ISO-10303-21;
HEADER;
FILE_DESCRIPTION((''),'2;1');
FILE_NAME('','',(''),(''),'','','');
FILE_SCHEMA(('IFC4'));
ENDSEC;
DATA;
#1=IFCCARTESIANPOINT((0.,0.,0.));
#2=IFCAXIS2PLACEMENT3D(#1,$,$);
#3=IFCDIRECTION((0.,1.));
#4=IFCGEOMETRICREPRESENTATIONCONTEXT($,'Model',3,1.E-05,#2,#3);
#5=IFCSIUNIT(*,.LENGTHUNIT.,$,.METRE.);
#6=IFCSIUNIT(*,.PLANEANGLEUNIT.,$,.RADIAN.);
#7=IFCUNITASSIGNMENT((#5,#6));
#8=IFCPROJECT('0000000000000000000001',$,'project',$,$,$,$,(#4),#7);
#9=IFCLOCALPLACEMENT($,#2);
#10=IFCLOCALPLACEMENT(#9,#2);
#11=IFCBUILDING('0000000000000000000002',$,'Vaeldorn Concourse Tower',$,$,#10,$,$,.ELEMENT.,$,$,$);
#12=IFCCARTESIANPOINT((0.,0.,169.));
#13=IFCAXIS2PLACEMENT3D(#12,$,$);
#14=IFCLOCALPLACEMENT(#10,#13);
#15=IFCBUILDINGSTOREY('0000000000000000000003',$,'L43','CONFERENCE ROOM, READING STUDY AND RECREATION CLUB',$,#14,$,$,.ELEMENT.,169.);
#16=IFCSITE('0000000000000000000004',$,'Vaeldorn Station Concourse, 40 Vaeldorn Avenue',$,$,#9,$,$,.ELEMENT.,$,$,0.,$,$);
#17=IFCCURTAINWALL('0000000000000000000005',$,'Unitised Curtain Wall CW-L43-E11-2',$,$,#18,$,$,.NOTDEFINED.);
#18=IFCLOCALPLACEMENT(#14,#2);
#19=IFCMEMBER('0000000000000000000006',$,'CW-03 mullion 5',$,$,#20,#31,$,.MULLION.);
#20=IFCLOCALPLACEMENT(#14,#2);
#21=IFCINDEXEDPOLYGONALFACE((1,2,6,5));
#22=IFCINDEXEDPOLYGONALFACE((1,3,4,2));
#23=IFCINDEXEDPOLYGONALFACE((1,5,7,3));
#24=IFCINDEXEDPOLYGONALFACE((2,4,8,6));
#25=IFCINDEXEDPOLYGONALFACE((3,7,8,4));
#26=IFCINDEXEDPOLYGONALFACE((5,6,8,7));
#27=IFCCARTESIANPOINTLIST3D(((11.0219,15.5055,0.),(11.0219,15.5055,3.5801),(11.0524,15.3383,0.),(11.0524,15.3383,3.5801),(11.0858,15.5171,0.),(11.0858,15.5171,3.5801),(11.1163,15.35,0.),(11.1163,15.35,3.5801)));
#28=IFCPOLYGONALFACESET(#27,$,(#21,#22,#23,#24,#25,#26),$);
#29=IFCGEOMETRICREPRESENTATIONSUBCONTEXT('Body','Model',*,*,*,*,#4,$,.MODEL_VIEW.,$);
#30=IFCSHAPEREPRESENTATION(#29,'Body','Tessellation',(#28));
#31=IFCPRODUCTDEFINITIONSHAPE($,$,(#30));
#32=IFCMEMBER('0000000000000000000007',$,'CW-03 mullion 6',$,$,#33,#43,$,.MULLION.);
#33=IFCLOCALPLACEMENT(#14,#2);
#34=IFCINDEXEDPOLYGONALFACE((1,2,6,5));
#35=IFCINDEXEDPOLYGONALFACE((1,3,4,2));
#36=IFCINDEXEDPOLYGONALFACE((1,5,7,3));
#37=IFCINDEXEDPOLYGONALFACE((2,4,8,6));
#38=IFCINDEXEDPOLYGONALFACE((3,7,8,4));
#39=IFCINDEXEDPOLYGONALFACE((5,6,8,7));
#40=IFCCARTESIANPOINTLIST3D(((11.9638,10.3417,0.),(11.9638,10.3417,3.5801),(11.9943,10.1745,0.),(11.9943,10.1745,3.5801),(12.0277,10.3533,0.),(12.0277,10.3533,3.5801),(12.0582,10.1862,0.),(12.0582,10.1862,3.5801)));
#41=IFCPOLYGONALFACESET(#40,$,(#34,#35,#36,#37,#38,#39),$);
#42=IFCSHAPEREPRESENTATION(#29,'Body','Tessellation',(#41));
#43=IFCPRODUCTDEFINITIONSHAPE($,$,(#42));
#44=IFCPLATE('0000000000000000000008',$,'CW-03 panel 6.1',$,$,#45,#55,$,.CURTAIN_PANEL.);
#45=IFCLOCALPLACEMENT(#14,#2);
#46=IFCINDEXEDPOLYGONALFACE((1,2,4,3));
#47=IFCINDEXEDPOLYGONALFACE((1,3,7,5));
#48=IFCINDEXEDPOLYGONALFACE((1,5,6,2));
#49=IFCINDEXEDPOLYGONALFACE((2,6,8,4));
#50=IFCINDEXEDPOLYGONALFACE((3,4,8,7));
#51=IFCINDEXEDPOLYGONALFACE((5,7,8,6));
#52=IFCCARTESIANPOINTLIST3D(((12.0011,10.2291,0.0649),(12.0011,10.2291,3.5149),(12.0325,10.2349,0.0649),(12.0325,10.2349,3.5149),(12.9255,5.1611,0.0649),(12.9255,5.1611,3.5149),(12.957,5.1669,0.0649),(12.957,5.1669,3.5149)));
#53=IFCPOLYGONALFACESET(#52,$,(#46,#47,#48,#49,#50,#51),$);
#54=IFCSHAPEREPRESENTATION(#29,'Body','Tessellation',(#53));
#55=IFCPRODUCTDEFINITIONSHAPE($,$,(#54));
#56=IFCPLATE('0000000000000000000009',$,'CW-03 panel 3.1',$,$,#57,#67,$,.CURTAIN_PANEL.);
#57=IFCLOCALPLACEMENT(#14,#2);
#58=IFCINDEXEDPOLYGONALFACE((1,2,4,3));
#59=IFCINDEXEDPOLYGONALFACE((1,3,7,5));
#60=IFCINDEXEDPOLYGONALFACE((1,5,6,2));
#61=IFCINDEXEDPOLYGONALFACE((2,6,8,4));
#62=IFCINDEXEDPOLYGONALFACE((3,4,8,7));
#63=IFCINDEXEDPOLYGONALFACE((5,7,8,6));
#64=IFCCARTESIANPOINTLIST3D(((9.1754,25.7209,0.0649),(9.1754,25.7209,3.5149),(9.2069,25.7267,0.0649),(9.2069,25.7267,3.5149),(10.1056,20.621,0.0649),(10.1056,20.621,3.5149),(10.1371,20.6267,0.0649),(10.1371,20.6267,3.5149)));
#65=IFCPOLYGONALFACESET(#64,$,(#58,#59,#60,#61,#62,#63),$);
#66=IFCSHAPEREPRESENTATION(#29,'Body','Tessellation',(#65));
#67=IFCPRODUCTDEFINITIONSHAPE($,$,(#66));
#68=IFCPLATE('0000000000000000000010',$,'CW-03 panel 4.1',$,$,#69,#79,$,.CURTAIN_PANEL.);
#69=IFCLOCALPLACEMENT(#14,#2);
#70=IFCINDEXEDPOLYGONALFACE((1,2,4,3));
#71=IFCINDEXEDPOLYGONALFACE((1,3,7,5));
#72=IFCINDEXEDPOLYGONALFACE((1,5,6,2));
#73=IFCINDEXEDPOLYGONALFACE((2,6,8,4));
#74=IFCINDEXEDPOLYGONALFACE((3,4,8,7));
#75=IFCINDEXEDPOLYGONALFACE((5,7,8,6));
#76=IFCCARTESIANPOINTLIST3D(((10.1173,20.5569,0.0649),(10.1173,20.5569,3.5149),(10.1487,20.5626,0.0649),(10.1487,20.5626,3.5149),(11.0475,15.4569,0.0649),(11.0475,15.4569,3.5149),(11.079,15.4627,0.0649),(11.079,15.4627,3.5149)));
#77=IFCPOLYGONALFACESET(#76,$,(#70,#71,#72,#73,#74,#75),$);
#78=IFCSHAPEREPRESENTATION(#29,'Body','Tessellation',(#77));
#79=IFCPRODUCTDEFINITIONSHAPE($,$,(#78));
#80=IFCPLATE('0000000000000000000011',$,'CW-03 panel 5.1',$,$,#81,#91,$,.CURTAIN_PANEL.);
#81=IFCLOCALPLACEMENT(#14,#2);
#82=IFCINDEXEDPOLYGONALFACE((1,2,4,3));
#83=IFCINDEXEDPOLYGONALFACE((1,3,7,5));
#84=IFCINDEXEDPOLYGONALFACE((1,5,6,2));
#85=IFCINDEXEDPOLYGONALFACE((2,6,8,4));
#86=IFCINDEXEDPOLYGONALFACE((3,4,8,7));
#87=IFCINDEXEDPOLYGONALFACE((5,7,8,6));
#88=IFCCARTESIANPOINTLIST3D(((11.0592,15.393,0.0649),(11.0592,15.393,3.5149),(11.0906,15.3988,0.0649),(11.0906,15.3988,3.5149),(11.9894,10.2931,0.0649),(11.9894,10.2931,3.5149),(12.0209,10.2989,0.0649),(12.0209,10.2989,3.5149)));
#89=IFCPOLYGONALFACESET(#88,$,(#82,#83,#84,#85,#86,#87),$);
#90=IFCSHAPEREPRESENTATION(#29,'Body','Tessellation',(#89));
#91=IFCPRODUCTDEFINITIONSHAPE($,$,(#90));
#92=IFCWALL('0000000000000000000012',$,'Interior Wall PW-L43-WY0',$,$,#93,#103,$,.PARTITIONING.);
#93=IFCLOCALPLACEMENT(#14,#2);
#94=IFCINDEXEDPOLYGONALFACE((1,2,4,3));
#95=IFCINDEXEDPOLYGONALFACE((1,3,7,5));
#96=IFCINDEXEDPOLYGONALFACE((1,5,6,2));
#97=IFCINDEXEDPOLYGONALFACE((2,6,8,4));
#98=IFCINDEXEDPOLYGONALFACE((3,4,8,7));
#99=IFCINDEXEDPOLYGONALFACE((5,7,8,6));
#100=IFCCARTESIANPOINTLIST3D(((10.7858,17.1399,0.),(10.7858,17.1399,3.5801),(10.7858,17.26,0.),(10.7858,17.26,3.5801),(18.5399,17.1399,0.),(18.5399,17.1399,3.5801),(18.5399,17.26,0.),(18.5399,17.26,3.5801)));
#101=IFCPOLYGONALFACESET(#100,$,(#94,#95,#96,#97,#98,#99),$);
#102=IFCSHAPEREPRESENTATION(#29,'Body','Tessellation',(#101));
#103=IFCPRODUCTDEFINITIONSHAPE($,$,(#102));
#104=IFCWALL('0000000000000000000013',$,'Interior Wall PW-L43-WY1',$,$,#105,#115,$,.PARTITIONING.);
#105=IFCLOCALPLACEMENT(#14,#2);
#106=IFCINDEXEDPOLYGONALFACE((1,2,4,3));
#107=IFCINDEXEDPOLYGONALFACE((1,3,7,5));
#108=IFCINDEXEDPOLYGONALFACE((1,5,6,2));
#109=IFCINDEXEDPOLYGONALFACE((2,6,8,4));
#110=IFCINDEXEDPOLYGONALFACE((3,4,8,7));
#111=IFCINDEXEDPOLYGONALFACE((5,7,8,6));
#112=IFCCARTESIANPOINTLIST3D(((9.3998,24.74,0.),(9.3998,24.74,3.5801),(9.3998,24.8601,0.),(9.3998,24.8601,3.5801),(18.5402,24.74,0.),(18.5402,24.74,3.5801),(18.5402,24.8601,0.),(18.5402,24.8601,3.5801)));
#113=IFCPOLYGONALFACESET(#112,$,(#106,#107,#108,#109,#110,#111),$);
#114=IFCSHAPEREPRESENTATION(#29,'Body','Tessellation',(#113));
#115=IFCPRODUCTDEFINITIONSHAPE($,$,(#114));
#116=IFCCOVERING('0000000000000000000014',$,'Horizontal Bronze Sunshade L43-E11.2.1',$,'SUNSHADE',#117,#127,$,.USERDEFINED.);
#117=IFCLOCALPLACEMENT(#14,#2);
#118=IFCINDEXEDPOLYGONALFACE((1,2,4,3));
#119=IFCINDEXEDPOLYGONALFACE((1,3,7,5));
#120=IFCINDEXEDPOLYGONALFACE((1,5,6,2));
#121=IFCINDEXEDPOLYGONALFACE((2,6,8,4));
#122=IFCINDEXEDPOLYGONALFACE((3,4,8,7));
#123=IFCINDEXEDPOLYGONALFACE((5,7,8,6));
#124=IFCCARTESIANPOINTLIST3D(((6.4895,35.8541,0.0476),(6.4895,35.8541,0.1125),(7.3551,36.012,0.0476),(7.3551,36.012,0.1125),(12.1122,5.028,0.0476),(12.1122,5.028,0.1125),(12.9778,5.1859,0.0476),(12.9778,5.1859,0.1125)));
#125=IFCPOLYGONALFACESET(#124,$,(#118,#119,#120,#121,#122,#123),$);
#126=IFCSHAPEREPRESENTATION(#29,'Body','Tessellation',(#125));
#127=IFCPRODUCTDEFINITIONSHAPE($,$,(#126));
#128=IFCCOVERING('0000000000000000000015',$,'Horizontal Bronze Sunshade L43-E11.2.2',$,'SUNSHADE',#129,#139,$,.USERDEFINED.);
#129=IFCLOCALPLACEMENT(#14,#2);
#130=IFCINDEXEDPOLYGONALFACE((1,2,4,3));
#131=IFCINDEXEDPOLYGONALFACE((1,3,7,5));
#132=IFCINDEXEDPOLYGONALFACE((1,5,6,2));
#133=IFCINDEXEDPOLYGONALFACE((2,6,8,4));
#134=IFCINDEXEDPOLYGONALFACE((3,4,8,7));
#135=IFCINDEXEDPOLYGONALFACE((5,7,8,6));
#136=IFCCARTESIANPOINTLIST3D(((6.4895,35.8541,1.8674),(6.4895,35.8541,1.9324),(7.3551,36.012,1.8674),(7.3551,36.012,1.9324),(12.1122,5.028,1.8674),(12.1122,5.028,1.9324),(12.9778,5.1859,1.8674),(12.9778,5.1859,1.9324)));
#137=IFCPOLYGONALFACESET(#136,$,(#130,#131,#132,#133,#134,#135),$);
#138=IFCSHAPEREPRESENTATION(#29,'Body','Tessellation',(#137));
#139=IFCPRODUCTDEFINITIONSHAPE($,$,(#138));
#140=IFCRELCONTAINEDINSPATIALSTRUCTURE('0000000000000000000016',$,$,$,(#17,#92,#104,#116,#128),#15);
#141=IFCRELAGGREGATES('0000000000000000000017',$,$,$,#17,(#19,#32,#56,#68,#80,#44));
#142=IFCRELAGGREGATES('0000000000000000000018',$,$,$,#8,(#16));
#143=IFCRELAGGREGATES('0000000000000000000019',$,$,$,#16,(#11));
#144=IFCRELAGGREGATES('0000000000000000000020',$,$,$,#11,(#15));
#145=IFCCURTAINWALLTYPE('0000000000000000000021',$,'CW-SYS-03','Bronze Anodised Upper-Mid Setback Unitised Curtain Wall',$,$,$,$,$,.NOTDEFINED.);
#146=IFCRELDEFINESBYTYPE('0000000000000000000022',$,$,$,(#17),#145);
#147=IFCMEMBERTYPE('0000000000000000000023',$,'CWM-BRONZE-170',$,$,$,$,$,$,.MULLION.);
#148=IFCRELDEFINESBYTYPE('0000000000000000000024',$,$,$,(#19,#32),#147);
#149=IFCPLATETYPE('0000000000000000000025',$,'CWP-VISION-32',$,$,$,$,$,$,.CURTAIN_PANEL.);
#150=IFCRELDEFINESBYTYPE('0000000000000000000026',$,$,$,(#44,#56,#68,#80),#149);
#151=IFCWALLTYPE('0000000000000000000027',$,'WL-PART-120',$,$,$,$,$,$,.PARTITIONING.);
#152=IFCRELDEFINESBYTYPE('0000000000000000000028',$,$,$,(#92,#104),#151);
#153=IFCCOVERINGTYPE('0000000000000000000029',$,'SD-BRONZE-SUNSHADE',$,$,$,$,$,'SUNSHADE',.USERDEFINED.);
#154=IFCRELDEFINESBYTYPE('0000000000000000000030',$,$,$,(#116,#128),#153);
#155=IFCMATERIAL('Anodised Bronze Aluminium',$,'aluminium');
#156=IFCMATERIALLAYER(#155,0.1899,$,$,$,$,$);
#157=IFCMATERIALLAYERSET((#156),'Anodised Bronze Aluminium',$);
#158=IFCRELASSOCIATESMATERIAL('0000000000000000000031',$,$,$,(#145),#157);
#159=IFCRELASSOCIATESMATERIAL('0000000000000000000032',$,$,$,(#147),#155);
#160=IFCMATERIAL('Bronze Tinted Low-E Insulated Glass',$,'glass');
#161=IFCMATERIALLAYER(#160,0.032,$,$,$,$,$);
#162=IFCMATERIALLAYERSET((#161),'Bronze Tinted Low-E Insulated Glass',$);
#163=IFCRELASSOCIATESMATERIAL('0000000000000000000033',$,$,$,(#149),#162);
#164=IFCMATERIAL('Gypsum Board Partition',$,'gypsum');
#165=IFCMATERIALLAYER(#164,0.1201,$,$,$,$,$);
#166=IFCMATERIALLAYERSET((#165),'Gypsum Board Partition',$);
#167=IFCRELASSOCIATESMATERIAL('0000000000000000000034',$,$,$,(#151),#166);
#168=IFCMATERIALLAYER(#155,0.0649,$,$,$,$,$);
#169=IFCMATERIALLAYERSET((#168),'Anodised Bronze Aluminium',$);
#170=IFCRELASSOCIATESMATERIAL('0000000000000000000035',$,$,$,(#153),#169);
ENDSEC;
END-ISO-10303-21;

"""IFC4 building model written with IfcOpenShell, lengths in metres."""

from ifc_helpers import new_model, si_unit, direction, frame, frame_2d, origin, origin_2d, place, context, subcontext, project, spatial, rectangle, extrude, source, transform, mapped, material, layer, layer_set, material_profile, profile_set, type_object, element, aggregate, save


model = new_model("IFC4")

# Units and contexts
model_context = context("Model", 3, precision=1e-05, world=origin(), true_north=direction((0.0, 1.0)))
body_context = subcontext(model_context, "Body", "Model", "MODEL_VIEW")
ifc_project = project(units=[si_unit("LENGTHUNIT", "METRE"), si_unit("PLANEANGLEUNIT", "RADIAN")], contexts=[model_context])

# Site, building, storey
site_placement = place(None, origin())
site = spatial("IfcSite", under=ifc_project, at=site_placement, Name="Vaeldorn Station Concourse, 40 Vaeldorn Avenue", CompositionType="ELEMENT", RefElevation=0.0)
building_placement = place(site_placement, origin())
building = spatial("IfcBuilding", under=site, at=building_placement, Name="Vaeldorn Concourse Tower", CompositionType="ELEMENT")
storey_placement = place(building_placement, frame((0.0, 0.0, 169.0)))
storey = spatial("IfcBuildingStorey", under=building, at=storey_placement, Name="L43", Description="CONFERENCE ROOM, READING STUDY AND RECREATION CLUB", CompositionType="ELEMENT", Elevation=169.0)

# Curtain wall, members, plates
ifc_material_1 = material(Name="Anodised Bronze Aluminium", Category="aluminium")
ifc_layer_1 = layer(ifc_material_1, 0.1899)
ifc_layer_set_1 = layer_set([ifc_layer_1], Name="Anodised Bronze Aluminium")
curtain_wall_type = type_object("IfcCurtainWallType", Name="CW-SYS-03", Description="Bronze Anodised Upper-Mid Setback Unitised Curtain Wall", PredefinedType="NOTDEFINED", material=ifc_layer_set_1)
curtain_wall_placement = place(storey_placement, origin())
curtain_wall = element("IfcCurtainWall", 1, at=curtain_wall_placement, inside=storey, type_object=curtain_wall_type, Name="Unitised Curtain Wall CW-L43-E11-2", PredefinedType="NOTDEFINED")
ifc_material_profile_1 = material_profile(ifc_material_1, rectangle(XDim=0.0649, YDim=0.1699, at=origin_2d()), Name="CWM 65x170")
ifc_profile_set_1 = profile_set([ifc_material_profile_1], Name="Anodised Bronze Aluminium")
member_type_1 = type_object("IfcMemberType", Name="CWM-BRONZE-170", PredefinedType="MULLION", material=ifc_profile_set_1)
shared_shape_1 = source(origin(), body_context, "Body", "SweptSolid", [
    extrude(rectangle(XDim=0.0649, YDim=0.1699, at=origin_2d()), origin(), (0.0, 0.0, 1.0), 3.5801),
])
member_1_placement = place(storey_placement, frame((11.0691, 15.4277, 0.0), z_axis=(0.0, 0.0, 1.0), x_axis=(0.983768, 0.179446, 0.0)))
member_1 = element("IfcMember", 2, at=member_1_placement, type_object=member_type_1, Name="CW-03 mullion 5", PredefinedType="MULLION", context=body_context, shape_type="MappedRepresentation", body=[
    mapped(shared_shape_1, transform((0.0, 0.0, 0.0), scale=1.0)),
])
member_2_placement = place(storey_placement, frame((12.011, 10.2639, 0.0), z_axis=(0.0, 0.0, 1.0), x_axis=(0.983768, 0.179446, 0.0)))
member_2 = element("IfcMember", 3, at=member_2_placement, type_object=member_type_1, Name="CW-03 mullion 6", PredefinedType="MULLION", context=body_context, shape_type="MappedRepresentation", body=[
    mapped(shared_shape_1, transform((0.0, 0.0, 0.0), scale=1.0)),
])
ifc_material_2 = material(Name="Bronze Tinted Low-E Insulated Glass", Category="glass")
ifc_layer_2 = layer(ifc_material_2, 0.032)
ifc_layer_set_2 = layer_set([ifc_layer_2], Name="Bronze Tinted Low-E Insulated Glass")
plate_type = type_object("IfcPlateType", Name="CWP-VISION-32", PredefinedType="CURTAIN_PANEL", material=ifc_layer_set_2)
shared_shape_2 = source(origin(), body_context, "Body", "SweptSolid", [
    extrude(rectangle(XDim=5.1516, YDim=0.032, at=origin_2d()), origin(), (0.0, 0.0, 1.0), 3.45),
])
plate_1_placement = place(storey_placement, frame((12.479, 7.698, 0.0649), z_axis=(0.0, 0.0, 1.0), x_axis=(0.179446, -0.983768, 0.0)))
plate_1 = element("IfcPlate", 4, at=plate_1_placement, type_object=plate_type, Name="CW-03 panel 6.1", PredefinedType="CURTAIN_PANEL", context=body_context, shape_type="MappedRepresentation", body=[
    mapped(shared_shape_2, transform((0.0, 0.0, 0.0), scale=1.0)),
])
shared_shape_3 = source(origin(), body_context, "Body", "SweptSolid", [
    extrude(rectangle(XDim=5.1841, YDim=0.032, at=origin_2d()), origin(), (0.0, 0.0, 1.0), 3.45),
])
plate_2_placement = place(storey_placement, frame((9.6562, 23.1738, 0.0649), z_axis=(0.0, 0.0, 1.0), x_axis=(0.179446, -0.983768, 0.0)))
plate_2 = element("IfcPlate", 5, at=plate_2_placement, type_object=plate_type, Name="CW-03 panel 3.1", PredefinedType="CURTAIN_PANEL", context=body_context, shape_type="MappedRepresentation", body=[
    mapped(shared_shape_3, transform((0.0, 0.0, 0.0), scale=1.0)),
])
plate_3_placement = place(storey_placement, frame((10.5981, 18.0098, 0.0649), z_axis=(0.0, 0.0, 1.0), x_axis=(0.179446, -0.983768, 0.0)))
plate_3 = element("IfcPlate", 6, at=plate_3_placement, type_object=plate_type, Name="CW-03 panel 4.1", PredefinedType="CURTAIN_PANEL", context=body_context, shape_type="MappedRepresentation", body=[
    mapped(shared_shape_3, transform((0.0, 0.0, 0.0), scale=1.0)),
])
plate_4_placement = place(storey_placement, frame((11.54, 12.8459, 0.0649), z_axis=(0.0, 0.0, 1.0), x_axis=(0.179446, -0.983768, 0.0)))
plate_4 = element("IfcPlate", 7, at=plate_4_placement, type_object=plate_type, Name="CW-03 panel 5.1", PredefinedType="CURTAIN_PANEL", context=body_context, shape_type="MappedRepresentation", body=[
    mapped(shared_shape_3, transform((0.0, 0.0, 0.0), scale=1.0)),
])
aggregate(curtain_wall, [member_1, member_2, plate_2, plate_3, plate_4, plate_1])

# Walls
ifc_material_3 = material(Name="Gypsum Board Partition", Category="gypsum")
ifc_layer_3 = layer(ifc_material_3, 0.1201)
ifc_layer_set_3 = layer_set([ifc_layer_3], Name="Gypsum Board Partition")
wall_type = type_object("IfcWallType", Name="WL-PART-120", PredefinedType="PARTITIONING", material=ifc_layer_set_3)
wall_1_placement = place(storey_placement, frame((10.7859, 17.2, 0.0), z_axis=(0.0, 0.0, 1.0), x_axis=(1.0, 0.0, 0.0)))
element("IfcWall", 8, at=wall_1_placement, inside=storey, type_object=wall_type, Name="Interior Wall PW-L43-WY0", PredefinedType="PARTITIONING", context=body_context, shape_type="SweptSolid", body=[
    extrude(rectangle(XDim=7.7542, YDim=0.1201, at=frame_2d((3.877, 0.0))), origin(), (0.0, 0.0, 1.0), 3.5801),
])
wall_2_placement = place(storey_placement, frame((9.3997, 24.8, 0.0), z_axis=(0.0, 0.0, 1.0), x_axis=(1.0, 0.0, 0.0)))
element("IfcWall", 9, at=wall_2_placement, inside=storey, type_object=wall_type, Name="Interior Wall PW-L43-WY1", PredefinedType="PARTITIONING", context=body_context, shape_type="SweptSolid", body=[
    extrude(rectangle(XDim=9.1404, YDim=0.1201, at=frame_2d((4.5703, 0.0))), origin(), (0.0, 0.0, 1.0), 3.5801),
])

# Coverings
ifc_layer_4 = layer(ifc_material_1, 0.0649)
ifc_layer_set_4 = layer_set([ifc_layer_4], Name="Anodised Bronze Aluminium")
covering_type = type_object("IfcCoveringType", Name="SD-BRONZE-SUNSHADE", ElementType="SUNSHADE", PredefinedType="USERDEFINED", material=ifc_layer_set_4)
shared_shape_4 = source(origin(), body_context, "Body", "SweptSolid", [
    extrude(rectangle(XDim=31.3347, YDim=0.8799, at=origin_2d()), origin(), (0.0, 0.0, 1.0), 0.0649),
])
for number, where, z_axis, x_axis, name in (
    (10, (9.7336, 20.52, 0.0476), (0.0, 0.0, 1.0), (0.179438, -0.983769, 0.0), "Horizontal Bronze Sunshade L43-E11.2.1"),
    (11, (9.7336, 20.52, 1.8674), (0.0, 0.0, 1.0), (0.179438, -0.983769, 0.0), "Horizontal Bronze Sunshade L43-E11.2.2"),
):
    element("IfcCovering", number, at=place(storey_placement, frame(where, z_axis=z_axis, x_axis=x_axis)), inside=storey, type_object=covering_type, Name=name, ObjectType="SUNSHADE", PredefinedType="USERDEFINED", context=body_context, shape_type="MappedRepresentation", body=[
        mapped(shared_shape_4, transform((0.0, 0.0, 0.0), scale=1.0)),
    ])

save(model, "model.ifc")
